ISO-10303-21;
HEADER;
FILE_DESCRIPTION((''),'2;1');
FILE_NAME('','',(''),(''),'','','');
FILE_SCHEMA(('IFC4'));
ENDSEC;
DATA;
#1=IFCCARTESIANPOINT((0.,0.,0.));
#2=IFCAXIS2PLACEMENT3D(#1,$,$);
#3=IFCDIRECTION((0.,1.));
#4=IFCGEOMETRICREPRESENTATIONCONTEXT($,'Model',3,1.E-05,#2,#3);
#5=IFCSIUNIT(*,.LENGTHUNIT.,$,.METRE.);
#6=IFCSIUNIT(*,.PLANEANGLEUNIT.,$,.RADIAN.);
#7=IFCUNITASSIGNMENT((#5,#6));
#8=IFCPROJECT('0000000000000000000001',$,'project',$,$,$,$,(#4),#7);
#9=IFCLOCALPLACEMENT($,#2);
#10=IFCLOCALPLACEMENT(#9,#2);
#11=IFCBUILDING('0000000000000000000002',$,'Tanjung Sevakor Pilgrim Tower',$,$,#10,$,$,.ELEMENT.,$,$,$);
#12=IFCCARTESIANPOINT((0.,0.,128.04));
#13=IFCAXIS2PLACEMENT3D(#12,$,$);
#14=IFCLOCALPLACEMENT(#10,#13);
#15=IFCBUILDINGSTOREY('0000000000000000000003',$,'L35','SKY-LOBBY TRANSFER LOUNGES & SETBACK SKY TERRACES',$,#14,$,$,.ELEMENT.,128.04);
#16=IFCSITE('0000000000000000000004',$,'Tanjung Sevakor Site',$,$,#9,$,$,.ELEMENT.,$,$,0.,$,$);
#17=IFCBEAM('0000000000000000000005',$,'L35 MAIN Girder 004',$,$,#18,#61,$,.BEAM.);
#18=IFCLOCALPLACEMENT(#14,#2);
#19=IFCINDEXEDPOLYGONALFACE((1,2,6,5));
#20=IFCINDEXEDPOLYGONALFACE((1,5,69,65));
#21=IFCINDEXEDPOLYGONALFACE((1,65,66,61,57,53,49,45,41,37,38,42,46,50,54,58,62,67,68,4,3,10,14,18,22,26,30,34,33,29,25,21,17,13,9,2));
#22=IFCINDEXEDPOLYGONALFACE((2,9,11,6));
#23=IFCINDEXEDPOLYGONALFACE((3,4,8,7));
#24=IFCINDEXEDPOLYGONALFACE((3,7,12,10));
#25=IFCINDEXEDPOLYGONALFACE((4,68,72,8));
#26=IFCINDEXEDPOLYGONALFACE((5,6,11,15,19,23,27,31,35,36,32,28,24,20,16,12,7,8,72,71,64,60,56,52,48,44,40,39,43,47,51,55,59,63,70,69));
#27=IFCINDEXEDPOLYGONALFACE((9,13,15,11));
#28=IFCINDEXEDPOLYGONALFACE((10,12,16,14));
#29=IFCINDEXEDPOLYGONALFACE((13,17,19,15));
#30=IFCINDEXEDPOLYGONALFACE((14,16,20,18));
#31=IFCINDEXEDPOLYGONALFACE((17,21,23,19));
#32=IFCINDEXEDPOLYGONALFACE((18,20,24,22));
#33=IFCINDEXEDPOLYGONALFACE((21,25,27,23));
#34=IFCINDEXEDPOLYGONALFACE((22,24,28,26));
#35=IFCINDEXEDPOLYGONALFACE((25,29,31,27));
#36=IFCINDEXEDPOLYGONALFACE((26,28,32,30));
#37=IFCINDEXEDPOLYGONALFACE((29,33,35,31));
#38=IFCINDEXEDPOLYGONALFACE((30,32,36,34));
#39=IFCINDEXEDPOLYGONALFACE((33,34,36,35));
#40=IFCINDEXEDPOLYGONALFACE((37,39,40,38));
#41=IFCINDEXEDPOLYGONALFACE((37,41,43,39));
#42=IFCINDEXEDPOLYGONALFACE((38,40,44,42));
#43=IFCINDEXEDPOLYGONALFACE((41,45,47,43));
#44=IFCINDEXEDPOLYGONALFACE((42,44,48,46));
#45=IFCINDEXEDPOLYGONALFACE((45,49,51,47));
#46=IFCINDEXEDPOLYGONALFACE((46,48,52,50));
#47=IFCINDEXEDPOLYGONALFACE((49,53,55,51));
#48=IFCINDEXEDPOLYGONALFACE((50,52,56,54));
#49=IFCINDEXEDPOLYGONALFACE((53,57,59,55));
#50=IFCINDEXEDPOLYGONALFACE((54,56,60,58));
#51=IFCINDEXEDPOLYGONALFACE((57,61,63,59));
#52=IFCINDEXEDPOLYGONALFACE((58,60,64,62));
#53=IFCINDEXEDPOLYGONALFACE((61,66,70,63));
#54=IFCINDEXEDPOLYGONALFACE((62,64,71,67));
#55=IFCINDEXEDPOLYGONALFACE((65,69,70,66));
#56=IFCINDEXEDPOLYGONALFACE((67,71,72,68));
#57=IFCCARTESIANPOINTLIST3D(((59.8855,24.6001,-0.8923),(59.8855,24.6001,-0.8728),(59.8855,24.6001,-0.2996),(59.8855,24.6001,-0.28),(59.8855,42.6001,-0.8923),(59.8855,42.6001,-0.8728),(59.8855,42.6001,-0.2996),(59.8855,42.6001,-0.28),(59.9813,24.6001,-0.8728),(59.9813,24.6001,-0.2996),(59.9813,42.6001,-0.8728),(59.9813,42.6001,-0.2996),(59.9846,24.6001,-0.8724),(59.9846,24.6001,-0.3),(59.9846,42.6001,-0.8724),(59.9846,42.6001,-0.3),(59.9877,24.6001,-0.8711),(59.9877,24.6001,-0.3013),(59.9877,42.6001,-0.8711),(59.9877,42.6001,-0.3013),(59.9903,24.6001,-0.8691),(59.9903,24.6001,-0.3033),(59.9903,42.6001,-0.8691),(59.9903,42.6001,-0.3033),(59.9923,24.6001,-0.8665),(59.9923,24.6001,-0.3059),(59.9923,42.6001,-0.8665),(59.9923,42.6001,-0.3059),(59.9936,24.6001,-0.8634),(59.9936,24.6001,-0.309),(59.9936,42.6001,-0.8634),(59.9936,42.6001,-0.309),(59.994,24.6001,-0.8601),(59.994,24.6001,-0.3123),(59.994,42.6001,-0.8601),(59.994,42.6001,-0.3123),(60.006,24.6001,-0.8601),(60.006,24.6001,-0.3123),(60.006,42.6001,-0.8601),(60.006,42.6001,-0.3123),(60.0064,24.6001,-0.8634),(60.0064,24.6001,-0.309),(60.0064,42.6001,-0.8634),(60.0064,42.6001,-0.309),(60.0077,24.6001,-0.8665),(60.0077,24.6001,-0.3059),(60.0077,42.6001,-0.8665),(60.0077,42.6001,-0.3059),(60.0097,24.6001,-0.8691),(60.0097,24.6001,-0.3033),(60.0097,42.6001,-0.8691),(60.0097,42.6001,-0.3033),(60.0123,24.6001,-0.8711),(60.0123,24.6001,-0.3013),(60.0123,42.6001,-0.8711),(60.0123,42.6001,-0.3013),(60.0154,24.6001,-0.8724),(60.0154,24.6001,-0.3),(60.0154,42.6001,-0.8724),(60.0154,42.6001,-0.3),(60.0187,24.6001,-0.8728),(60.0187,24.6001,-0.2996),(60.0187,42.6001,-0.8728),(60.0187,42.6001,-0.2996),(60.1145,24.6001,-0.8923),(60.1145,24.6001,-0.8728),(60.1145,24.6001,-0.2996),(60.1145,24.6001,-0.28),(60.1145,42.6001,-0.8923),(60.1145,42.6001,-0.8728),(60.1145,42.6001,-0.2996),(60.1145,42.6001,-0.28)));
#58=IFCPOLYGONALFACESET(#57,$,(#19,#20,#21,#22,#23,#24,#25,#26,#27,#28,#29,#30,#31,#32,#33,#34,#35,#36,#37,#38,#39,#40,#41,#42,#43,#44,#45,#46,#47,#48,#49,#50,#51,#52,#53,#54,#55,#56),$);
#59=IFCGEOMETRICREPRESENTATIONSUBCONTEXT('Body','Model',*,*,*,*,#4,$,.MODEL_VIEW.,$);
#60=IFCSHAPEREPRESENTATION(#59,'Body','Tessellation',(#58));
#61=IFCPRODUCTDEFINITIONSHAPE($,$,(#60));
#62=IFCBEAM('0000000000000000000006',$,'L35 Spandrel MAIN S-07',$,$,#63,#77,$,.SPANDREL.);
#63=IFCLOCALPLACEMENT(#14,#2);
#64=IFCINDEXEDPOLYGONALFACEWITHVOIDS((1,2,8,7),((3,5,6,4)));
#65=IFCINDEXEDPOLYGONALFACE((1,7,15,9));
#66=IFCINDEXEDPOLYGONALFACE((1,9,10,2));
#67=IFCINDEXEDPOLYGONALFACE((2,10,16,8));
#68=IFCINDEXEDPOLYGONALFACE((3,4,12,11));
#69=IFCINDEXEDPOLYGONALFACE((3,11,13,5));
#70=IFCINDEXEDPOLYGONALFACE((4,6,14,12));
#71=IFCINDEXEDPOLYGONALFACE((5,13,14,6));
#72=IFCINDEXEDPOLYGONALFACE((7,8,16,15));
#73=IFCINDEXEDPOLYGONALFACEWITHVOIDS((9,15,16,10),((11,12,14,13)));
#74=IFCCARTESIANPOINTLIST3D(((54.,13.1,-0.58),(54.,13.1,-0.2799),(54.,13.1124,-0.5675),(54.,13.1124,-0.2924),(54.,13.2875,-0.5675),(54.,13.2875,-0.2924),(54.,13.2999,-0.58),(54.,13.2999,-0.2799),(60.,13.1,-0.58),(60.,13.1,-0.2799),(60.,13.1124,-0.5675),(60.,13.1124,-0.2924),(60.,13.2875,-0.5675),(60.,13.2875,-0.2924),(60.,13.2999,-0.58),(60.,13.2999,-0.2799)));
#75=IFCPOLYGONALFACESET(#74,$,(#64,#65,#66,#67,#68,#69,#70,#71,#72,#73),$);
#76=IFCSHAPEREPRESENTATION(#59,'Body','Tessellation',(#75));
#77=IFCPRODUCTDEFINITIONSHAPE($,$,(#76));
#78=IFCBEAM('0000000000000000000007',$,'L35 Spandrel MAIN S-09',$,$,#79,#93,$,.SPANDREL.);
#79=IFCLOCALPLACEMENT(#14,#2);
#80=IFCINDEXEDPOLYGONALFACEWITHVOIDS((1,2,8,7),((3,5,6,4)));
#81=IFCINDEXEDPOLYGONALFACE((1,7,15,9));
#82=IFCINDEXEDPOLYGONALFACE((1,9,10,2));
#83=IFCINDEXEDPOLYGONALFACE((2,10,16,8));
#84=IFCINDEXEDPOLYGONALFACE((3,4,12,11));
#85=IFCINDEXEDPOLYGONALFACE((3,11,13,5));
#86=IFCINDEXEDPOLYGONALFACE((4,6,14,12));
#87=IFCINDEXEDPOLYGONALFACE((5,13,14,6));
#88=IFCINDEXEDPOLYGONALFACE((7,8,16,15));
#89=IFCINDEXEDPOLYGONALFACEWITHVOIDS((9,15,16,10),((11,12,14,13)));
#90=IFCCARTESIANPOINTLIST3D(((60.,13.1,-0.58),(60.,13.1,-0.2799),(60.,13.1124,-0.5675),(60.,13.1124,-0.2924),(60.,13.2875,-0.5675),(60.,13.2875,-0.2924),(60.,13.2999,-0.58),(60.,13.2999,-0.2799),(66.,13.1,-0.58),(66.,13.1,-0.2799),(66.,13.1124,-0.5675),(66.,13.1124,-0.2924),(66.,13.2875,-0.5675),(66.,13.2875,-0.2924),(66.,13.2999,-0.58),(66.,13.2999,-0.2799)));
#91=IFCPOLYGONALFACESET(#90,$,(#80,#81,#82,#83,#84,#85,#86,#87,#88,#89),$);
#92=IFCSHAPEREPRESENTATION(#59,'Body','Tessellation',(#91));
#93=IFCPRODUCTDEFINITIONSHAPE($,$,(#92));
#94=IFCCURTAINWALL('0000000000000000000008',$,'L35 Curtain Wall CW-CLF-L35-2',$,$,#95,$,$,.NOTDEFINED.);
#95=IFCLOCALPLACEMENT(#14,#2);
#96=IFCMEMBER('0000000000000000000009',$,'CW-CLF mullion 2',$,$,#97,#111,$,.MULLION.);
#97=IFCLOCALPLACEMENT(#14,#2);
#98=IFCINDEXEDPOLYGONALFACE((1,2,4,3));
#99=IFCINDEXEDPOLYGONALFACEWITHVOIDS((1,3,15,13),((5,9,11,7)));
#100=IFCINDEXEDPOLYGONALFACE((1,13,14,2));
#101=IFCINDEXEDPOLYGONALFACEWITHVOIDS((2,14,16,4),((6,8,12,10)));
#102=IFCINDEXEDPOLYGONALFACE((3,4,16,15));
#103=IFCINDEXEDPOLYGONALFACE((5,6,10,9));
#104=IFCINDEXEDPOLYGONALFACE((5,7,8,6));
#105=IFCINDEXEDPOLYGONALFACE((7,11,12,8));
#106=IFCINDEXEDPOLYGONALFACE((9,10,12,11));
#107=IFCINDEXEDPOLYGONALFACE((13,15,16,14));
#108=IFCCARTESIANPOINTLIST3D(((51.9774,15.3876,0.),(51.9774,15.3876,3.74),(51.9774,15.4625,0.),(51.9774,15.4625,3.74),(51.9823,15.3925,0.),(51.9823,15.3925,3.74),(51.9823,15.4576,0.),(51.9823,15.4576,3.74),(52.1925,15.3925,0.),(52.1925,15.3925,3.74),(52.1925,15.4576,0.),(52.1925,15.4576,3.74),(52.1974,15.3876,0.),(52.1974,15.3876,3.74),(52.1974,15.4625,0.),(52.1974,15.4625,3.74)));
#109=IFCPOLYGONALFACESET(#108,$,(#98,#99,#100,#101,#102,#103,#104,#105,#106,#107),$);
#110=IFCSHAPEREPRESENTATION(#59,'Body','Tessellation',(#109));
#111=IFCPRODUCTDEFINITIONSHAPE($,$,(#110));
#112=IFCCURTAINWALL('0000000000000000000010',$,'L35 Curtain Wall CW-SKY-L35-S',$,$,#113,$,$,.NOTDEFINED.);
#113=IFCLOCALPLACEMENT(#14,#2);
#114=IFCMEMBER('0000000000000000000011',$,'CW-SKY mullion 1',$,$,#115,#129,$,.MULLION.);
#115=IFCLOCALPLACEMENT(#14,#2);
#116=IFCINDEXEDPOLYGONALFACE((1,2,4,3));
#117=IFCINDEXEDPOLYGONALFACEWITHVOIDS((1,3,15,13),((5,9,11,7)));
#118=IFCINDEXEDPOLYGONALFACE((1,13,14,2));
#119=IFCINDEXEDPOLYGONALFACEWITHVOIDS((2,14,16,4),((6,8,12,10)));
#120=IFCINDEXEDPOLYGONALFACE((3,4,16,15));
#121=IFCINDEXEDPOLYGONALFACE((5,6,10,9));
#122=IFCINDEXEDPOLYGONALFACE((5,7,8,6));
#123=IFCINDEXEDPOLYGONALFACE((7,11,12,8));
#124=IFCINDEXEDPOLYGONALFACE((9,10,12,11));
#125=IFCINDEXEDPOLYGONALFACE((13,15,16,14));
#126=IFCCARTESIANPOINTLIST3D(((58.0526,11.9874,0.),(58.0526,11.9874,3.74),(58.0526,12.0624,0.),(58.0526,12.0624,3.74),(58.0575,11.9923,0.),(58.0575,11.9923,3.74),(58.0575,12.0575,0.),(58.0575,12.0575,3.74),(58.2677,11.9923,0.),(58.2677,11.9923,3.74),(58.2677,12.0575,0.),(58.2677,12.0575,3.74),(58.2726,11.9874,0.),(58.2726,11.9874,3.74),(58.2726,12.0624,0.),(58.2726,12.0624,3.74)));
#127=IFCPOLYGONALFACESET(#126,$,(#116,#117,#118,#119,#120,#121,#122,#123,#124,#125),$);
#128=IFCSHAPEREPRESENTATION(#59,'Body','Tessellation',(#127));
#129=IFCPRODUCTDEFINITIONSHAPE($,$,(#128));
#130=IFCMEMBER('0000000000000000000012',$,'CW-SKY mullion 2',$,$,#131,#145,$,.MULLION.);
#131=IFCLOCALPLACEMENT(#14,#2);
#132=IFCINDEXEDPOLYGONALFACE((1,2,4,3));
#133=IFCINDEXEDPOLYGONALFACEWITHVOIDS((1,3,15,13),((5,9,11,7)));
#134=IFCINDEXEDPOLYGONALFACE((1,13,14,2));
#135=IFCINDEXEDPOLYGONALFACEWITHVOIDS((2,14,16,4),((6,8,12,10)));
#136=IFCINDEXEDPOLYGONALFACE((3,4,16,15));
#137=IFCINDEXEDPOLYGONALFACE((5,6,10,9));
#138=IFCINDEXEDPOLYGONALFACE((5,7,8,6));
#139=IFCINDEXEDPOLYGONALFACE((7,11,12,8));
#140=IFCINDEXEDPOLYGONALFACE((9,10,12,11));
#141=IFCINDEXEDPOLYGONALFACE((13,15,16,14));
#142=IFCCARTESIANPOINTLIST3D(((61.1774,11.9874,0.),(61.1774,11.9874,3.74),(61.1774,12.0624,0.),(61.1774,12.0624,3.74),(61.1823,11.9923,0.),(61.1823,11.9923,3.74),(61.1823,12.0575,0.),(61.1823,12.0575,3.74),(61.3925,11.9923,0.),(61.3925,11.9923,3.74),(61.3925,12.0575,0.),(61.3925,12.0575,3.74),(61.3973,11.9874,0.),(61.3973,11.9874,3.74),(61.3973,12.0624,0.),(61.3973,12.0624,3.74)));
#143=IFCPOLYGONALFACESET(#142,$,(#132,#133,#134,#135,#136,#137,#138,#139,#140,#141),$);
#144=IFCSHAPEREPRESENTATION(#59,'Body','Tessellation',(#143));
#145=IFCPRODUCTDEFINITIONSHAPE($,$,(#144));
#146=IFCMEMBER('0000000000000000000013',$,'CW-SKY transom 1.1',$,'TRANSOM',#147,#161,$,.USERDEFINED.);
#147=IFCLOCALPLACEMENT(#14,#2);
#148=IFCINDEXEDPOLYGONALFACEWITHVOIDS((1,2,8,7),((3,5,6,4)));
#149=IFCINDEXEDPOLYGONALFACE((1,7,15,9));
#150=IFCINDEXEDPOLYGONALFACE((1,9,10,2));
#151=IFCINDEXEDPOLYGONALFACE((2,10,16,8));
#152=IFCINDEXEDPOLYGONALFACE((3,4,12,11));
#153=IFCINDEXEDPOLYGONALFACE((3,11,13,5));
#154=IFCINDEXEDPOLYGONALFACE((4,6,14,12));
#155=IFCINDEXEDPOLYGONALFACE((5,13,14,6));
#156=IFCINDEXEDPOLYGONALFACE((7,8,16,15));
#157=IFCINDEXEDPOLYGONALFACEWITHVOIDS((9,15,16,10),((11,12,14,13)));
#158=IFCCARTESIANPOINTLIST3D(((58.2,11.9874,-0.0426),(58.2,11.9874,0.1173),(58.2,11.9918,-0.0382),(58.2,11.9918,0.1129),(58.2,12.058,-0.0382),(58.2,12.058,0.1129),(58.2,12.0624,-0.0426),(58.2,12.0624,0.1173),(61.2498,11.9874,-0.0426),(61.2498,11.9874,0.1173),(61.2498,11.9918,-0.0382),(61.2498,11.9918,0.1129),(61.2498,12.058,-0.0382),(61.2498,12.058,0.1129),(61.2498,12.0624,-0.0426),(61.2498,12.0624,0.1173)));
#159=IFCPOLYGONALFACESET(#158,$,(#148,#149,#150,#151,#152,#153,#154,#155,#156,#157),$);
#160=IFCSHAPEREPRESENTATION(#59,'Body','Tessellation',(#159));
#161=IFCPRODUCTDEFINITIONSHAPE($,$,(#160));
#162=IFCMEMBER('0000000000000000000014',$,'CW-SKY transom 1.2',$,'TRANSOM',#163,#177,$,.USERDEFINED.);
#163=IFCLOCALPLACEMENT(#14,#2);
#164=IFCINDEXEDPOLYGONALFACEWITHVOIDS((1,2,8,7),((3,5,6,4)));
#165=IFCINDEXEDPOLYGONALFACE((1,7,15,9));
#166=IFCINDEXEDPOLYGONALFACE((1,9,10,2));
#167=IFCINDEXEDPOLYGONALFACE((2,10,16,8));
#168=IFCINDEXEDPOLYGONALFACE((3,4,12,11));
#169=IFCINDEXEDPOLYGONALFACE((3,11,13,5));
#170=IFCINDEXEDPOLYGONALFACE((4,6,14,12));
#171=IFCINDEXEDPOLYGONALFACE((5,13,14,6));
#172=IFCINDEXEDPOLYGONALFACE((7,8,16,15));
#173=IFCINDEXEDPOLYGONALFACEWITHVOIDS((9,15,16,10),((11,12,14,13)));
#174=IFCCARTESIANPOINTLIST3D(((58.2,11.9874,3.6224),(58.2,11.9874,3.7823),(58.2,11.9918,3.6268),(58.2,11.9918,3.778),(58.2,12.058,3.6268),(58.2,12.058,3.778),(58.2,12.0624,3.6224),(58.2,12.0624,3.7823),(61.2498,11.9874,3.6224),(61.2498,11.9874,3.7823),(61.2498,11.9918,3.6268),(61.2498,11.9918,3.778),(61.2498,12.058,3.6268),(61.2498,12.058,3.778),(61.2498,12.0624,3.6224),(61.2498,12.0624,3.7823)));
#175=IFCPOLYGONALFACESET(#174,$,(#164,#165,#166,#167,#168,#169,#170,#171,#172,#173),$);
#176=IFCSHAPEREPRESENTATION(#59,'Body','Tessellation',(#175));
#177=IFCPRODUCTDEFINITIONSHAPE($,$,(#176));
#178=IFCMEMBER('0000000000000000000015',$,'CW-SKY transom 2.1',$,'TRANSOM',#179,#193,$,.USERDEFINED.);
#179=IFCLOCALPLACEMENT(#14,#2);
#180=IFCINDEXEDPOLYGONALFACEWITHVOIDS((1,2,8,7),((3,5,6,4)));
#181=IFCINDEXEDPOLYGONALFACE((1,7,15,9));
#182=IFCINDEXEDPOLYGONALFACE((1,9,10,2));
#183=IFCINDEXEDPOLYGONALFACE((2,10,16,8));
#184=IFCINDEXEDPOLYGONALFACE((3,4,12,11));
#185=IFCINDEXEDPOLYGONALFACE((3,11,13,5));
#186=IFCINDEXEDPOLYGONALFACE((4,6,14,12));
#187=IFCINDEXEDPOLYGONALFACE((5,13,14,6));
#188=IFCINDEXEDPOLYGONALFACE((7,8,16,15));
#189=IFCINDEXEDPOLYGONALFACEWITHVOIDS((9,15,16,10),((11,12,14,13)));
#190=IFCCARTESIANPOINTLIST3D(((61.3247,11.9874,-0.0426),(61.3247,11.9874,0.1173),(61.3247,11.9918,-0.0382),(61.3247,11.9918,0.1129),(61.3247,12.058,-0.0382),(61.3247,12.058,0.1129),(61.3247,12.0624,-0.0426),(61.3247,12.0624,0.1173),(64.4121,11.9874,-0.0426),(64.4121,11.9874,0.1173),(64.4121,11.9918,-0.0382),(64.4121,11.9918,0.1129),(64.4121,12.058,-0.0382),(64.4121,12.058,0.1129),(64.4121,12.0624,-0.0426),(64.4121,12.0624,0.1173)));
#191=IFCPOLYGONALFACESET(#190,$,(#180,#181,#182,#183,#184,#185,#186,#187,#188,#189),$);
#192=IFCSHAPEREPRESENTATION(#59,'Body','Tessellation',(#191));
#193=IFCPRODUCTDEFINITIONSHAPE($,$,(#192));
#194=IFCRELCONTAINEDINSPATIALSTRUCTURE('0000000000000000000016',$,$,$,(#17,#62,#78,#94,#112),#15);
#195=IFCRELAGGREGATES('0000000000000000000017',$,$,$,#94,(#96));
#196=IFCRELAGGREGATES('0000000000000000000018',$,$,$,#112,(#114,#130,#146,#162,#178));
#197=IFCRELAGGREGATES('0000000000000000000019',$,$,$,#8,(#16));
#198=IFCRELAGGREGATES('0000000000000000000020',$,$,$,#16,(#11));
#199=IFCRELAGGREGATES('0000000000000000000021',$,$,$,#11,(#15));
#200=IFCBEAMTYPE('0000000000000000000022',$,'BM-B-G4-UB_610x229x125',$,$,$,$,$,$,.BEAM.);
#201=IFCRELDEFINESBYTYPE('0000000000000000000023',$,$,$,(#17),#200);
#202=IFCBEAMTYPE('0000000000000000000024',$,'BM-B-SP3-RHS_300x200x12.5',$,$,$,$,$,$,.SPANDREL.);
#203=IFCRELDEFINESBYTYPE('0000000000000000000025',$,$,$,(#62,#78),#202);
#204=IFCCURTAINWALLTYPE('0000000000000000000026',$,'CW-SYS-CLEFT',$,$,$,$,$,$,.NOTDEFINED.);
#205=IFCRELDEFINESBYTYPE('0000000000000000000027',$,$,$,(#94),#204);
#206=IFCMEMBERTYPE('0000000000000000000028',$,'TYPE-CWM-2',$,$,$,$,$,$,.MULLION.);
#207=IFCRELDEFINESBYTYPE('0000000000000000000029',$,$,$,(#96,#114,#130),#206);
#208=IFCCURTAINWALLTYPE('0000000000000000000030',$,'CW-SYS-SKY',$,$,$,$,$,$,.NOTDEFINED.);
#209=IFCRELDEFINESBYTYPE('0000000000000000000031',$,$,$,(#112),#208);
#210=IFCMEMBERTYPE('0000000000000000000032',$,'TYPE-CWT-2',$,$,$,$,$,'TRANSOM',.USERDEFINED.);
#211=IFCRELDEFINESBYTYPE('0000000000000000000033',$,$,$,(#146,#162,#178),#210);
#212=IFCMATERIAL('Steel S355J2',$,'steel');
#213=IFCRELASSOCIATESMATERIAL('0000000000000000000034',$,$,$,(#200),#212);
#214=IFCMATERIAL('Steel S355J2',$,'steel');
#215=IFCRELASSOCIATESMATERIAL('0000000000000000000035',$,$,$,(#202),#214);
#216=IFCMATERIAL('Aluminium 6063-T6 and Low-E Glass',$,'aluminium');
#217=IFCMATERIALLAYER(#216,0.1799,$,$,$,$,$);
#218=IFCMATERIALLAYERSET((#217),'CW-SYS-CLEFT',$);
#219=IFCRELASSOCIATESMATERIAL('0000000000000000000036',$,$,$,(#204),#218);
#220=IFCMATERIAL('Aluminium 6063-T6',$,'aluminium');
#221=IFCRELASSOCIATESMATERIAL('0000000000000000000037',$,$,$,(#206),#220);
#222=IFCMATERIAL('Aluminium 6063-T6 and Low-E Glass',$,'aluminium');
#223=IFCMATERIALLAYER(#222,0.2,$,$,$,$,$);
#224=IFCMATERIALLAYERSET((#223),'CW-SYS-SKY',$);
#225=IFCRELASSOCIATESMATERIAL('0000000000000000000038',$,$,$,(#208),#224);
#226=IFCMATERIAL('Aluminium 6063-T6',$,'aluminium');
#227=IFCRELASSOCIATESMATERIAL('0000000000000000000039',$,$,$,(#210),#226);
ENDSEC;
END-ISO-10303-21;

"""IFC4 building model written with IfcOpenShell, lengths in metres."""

from ifc_helpers import new_model, si_unit, direction, frame, origin, origin_2d, place, context, subcontext, project, spatial, hollow_rectangle, i_section, extrude, material, layer, layer_set, material_profile, profile_set, type_object, element, aggregate, save


model = new_model("IFC4")

# Units and contexts
model_context = context("Model", 3, precision=1e-05, world=origin(), true_north=direction((0.0, 1.0)))
body_context = subcontext(model_context, "Body", "Model", "MODEL_VIEW")
ifc_project = project(units=[si_unit("LENGTHUNIT", "METRE"), si_unit("PLANEANGLEUNIT", "RADIAN")], contexts=[model_context])

# Site, building, storey
site_placement = place(None, origin())
site = spatial("IfcSite", under=ifc_project, at=site_placement, Name="Tanjung Sevakor Site", CompositionType="ELEMENT", RefElevation=0.0)
building_placement = place(site_placement, origin())
building = spatial("IfcBuilding", under=site, at=building_placement, Name="Tanjung Sevakor Pilgrim Tower", CompositionType="ELEMENT")
storey_placement = place(building_placement, frame((0.0, 0.0, 128.04)))
storey = spatial("IfcBuildingStorey", under=building, at=storey_placement, Name="L35", Description="SKY-LOBBY TRANSFER LOUNGES & SETBACK SKY TERRACES", CompositionType="ELEMENT", Elevation=128.04)

# Beams
ifc_material_1 = material(Name="Steel S355J2", Category="steel")
ifc_material_profile_1 = material_profile(ifc_material_1, i_section(OverallWidth=0.229, OverallDepth=0.6123, WebThickness=0.012, FlangeThickness=0.0195, FilletRadius=0.0127, at=origin_2d()))
ifc_profile_set_1 = profile_set([ifc_material_profile_1], Name="Steel S355J2")
beam_type_1 = type_object("IfcBeamType", Name="BM-B-G4-UB_610x229x125", PredefinedType="BEAM", material=ifc_profile_set_1)
for number, where, z_axis, x_axis, name in (
    (1, (60.0, 24.6001, -0.5862), (0.0, 1.0, 0.0), (-1.0, 0.0, 0.0), "L35 MAIN Girder 004"),
):
    element("IfcBeam", number, at=place(storey_placement, frame(where, z_axis=z_axis, x_axis=x_axis)), inside=storey, type_object=beam_type_1, Name=name, PredefinedType="BEAM", context=body_context, shape_type="SweptSolid", body=[
        extrude(i_section(OverallWidth=0.229, OverallDepth=0.6123, WebThickness=0.012, FlangeThickness=0.0195, FilletRadius=0.0127, at=origin_2d()), origin(), (0.0, 0.0, 1.0), 18.0),
    ])
ifc_material_2 = material(Name="Steel S355J2", Category="steel")
ifc_material_profile_2 = material_profile(ifc_material_2, hollow_rectangle(XDim=0.2, YDim=0.3, WallThickness=0.0125, at=origin_2d()))
ifc_profile_set_2 = profile_set([ifc_material_profile_2], Name="Steel S355J2")
beam_type_2 = type_object("IfcBeamType", Name="BM-B-SP3-RHS_300x200x12.5", PredefinedType="SPANDREL", material=ifc_profile_set_2)
for number, where, z_axis, x_axis, name in (
    (2, (54.0, 13.2, -0.4299), (1.0, 0.0, 0.0), (0.0, 1.0, 0.0), "L35 Spandrel MAIN S-07"),
    (3, (60.0, 13.2, -0.4299), (1.0, 0.0, 0.0), (0.0, 1.0, 0.0), "L35 Spandrel MAIN S-09"),
):
    element("IfcBeam", number, at=place(storey_placement, frame(where, z_axis=z_axis, x_axis=x_axis)), inside=storey, type_object=beam_type_2, Name=name, PredefinedType="SPANDREL", context=body_context, shape_type="SweptSolid", body=[
        extrude(hollow_rectangle(XDim=0.2, YDim=0.3, WallThickness=0.0125, at=origin_2d()), origin(), (0.0, 0.0, 1.0), 6.0),
    ])

# Curtain wall, member
ifc_material_3 = material(Name="Aluminium 6063-T6 and Low-E Glass", Category="aluminium")
ifc_layer_1 = layer(ifc_material_3, 0.1799)
ifc_layer_set_1 = layer_set([ifc_layer_1], Name="CW-SYS-CLEFT")
curtain_wall_type_1 = type_object("IfcCurtainWallType", Name="CW-SYS-CLEFT", PredefinedType="NOTDEFINED", material=ifc_layer_set_1)
curtain_wall_1_placement = place(storey_placement, origin())
curtain_wall_1 = element("IfcCurtainWall", 4, at=curtain_wall_1_placement, inside=storey, type_object=curtain_wall_type_1, Name="L35 Curtain Wall CW-CLF-L35-2", PredefinedType="NOTDEFINED")
ifc_material_4 = material(Name="Aluminium 6063-T6", Category="aluminium")
ifc_material_profile_3 = material_profile(ifc_material_4, hollow_rectangle(XDim=0.075, YDim=0.22, WallThickness=0.0049, at=origin_2d()))
ifc_profile_set_3 = profile_set([ifc_material_profile_3], Name="Aluminium 6063-T6")
member_type_1 = type_object("IfcMemberType", Name="TYPE-CWM-2", PredefinedType="MULLION", material=ifc_profile_set_3)
member_1_placement = place(storey_placement, frame((52.0874, 15.425, 0.0), z_axis=(0.0, 0.0, 1.0), x_axis=(0.0, 1.0, 0.0)))
member_1 = element("IfcMember", 5, at=member_1_placement, type_object=member_type_1, Name="CW-CLF mullion 2", PredefinedType="MULLION", context=body_context, shape_type="SweptSolid", body=[
    extrude(hollow_rectangle(XDim=0.075, YDim=0.22, WallThickness=0.0049, at=origin_2d()), origin(), (0.0, 0.0, 1.0), 3.74),
])
aggregate(curtain_wall_1, [member_1])

# Curtain wall, members
ifc_material_5 = material(Name="Aluminium 6063-T6 and Low-E Glass", Category="aluminium")
ifc_layer_2 = layer(ifc_material_5, 0.2)
ifc_layer_set_2 = layer_set([ifc_layer_2], Name="CW-SYS-SKY")
curtain_wall_type_2 = type_object("IfcCurtainWallType", Name="CW-SYS-SKY", PredefinedType="NOTDEFINED", material=ifc_layer_set_2)
curtain_wall_2_placement = place(storey_placement, origin())
curtain_wall_2 = element("IfcCurtainWall", 6, at=curtain_wall_2_placement, inside=storey, type_object=curtain_wall_type_2, Name="L35 Curtain Wall CW-SKY-L35-S", PredefinedType="NOTDEFINED")
member_2_placement = place(storey_placement, frame((58.1626, 12.0249, 0.0), z_axis=(0.0, 0.0, 1.0), x_axis=(0.0, 1.0, 0.0)))
member_2 = element("IfcMember", 7, at=member_2_placement, type_object=member_type_1, Name="CW-SKY mullion 1", PredefinedType="MULLION", context=body_context, shape_type="SweptSolid", body=[
    extrude(hollow_rectangle(XDim=0.075, YDim=0.22, WallThickness=0.0049, at=origin_2d()), origin(), (0.0, 0.0, 1.0), 3.74),
])
member_3_placement = place(storey_placement, frame((61.2874, 12.0249, 0.0), z_axis=(0.0, 0.0, 1.0), x_axis=(0.0, 1.0, 0.0)))
member_3 = element("IfcMember", 8, at=member_3_placement, type_object=member_type_1, Name="CW-SKY mullion 2", PredefinedType="MULLION", context=body_context, shape_type="SweptSolid", body=[
    extrude(hollow_rectangle(XDim=0.075, YDim=0.22, WallThickness=0.0049, at=origin_2d()), origin(), (0.0, 0.0, 1.0), 3.74),
])
ifc_material_6 = material(Name="Aluminium 6063-T6", Category="aluminium")
ifc_material_profile_4 = material_profile(ifc_material_6, hollow_rectangle(XDim=0.075, YDim=0.1599, WallThickness=0.0044, at=origin_2d()))
ifc_profile_set_4 = profile_set([ifc_material_profile_4], Name="Aluminium 6063-T6")
member_type_2 = type_object("IfcMemberType", Name="TYPE-CWT-2", ElementType="TRANSOM", PredefinedType="USERDEFINED", material=ifc_profile_set_4)
member_4_placement = place(storey_placement, frame((58.2, 12.0249, 0.0374), z_axis=(1.0, 0.0, 0.0), x_axis=(0.0, 1.0, 0.0)))
member_4 = element("IfcMember", 9, at=member_4_placement, type_object=member_type_2, Name="CW-SKY transom 1.1", ObjectType="TRANSOM", PredefinedType="USERDEFINED", context=body_context, shape_type="SweptSolid", body=[
    extrude(hollow_rectangle(XDim=0.075, YDim=0.1599, WallThickness=0.0044, at=origin_2d()), origin(), (0.0, 0.0, 1.0), 3.0498),
])
member_5_placement = place(storey_placement, frame((58.2, 12.0249, 3.7024), z_axis=(1.0, 0.0, 0.0), x_axis=(0.0, 1.0, 0.0)))
member_5 = element("IfcMember", 10, at=member_5_placement, type_object=member_type_2, Name="CW-SKY transom 1.2", ObjectType="TRANSOM", PredefinedType="USERDEFINED", context=body_context, shape_type="SweptSolid", body=[
    extrude(hollow_rectangle(XDim=0.075, YDim=0.1599, WallThickness=0.0044, at=origin_2d()), origin(), (0.0, 0.0, 1.0), 3.0498),
])
member_6_placement = place(storey_placement, frame((61.3247, 12.0249, 0.0374), z_axis=(1.0, 0.0, 0.0), x_axis=(0.0, 1.0, 0.0)))
member_6 = element("IfcMember", 11, at=member_6_placement, type_object=member_type_2, Name="CW-SKY transom 2.1", ObjectType="TRANSOM", PredefinedType="USERDEFINED", context=body_context, shape_type="SweptSolid", body=[
    extrude(hollow_rectangle(XDim=0.075, YDim=0.1599, WallThickness=0.0044, at=origin_2d()), origin(), (0.0, 0.0, 1.0), 3.0874),
])
aggregate(curtain_wall_2, [member_2, member_3, member_4, member_5, member_6])

save(model, "model.ifc")
